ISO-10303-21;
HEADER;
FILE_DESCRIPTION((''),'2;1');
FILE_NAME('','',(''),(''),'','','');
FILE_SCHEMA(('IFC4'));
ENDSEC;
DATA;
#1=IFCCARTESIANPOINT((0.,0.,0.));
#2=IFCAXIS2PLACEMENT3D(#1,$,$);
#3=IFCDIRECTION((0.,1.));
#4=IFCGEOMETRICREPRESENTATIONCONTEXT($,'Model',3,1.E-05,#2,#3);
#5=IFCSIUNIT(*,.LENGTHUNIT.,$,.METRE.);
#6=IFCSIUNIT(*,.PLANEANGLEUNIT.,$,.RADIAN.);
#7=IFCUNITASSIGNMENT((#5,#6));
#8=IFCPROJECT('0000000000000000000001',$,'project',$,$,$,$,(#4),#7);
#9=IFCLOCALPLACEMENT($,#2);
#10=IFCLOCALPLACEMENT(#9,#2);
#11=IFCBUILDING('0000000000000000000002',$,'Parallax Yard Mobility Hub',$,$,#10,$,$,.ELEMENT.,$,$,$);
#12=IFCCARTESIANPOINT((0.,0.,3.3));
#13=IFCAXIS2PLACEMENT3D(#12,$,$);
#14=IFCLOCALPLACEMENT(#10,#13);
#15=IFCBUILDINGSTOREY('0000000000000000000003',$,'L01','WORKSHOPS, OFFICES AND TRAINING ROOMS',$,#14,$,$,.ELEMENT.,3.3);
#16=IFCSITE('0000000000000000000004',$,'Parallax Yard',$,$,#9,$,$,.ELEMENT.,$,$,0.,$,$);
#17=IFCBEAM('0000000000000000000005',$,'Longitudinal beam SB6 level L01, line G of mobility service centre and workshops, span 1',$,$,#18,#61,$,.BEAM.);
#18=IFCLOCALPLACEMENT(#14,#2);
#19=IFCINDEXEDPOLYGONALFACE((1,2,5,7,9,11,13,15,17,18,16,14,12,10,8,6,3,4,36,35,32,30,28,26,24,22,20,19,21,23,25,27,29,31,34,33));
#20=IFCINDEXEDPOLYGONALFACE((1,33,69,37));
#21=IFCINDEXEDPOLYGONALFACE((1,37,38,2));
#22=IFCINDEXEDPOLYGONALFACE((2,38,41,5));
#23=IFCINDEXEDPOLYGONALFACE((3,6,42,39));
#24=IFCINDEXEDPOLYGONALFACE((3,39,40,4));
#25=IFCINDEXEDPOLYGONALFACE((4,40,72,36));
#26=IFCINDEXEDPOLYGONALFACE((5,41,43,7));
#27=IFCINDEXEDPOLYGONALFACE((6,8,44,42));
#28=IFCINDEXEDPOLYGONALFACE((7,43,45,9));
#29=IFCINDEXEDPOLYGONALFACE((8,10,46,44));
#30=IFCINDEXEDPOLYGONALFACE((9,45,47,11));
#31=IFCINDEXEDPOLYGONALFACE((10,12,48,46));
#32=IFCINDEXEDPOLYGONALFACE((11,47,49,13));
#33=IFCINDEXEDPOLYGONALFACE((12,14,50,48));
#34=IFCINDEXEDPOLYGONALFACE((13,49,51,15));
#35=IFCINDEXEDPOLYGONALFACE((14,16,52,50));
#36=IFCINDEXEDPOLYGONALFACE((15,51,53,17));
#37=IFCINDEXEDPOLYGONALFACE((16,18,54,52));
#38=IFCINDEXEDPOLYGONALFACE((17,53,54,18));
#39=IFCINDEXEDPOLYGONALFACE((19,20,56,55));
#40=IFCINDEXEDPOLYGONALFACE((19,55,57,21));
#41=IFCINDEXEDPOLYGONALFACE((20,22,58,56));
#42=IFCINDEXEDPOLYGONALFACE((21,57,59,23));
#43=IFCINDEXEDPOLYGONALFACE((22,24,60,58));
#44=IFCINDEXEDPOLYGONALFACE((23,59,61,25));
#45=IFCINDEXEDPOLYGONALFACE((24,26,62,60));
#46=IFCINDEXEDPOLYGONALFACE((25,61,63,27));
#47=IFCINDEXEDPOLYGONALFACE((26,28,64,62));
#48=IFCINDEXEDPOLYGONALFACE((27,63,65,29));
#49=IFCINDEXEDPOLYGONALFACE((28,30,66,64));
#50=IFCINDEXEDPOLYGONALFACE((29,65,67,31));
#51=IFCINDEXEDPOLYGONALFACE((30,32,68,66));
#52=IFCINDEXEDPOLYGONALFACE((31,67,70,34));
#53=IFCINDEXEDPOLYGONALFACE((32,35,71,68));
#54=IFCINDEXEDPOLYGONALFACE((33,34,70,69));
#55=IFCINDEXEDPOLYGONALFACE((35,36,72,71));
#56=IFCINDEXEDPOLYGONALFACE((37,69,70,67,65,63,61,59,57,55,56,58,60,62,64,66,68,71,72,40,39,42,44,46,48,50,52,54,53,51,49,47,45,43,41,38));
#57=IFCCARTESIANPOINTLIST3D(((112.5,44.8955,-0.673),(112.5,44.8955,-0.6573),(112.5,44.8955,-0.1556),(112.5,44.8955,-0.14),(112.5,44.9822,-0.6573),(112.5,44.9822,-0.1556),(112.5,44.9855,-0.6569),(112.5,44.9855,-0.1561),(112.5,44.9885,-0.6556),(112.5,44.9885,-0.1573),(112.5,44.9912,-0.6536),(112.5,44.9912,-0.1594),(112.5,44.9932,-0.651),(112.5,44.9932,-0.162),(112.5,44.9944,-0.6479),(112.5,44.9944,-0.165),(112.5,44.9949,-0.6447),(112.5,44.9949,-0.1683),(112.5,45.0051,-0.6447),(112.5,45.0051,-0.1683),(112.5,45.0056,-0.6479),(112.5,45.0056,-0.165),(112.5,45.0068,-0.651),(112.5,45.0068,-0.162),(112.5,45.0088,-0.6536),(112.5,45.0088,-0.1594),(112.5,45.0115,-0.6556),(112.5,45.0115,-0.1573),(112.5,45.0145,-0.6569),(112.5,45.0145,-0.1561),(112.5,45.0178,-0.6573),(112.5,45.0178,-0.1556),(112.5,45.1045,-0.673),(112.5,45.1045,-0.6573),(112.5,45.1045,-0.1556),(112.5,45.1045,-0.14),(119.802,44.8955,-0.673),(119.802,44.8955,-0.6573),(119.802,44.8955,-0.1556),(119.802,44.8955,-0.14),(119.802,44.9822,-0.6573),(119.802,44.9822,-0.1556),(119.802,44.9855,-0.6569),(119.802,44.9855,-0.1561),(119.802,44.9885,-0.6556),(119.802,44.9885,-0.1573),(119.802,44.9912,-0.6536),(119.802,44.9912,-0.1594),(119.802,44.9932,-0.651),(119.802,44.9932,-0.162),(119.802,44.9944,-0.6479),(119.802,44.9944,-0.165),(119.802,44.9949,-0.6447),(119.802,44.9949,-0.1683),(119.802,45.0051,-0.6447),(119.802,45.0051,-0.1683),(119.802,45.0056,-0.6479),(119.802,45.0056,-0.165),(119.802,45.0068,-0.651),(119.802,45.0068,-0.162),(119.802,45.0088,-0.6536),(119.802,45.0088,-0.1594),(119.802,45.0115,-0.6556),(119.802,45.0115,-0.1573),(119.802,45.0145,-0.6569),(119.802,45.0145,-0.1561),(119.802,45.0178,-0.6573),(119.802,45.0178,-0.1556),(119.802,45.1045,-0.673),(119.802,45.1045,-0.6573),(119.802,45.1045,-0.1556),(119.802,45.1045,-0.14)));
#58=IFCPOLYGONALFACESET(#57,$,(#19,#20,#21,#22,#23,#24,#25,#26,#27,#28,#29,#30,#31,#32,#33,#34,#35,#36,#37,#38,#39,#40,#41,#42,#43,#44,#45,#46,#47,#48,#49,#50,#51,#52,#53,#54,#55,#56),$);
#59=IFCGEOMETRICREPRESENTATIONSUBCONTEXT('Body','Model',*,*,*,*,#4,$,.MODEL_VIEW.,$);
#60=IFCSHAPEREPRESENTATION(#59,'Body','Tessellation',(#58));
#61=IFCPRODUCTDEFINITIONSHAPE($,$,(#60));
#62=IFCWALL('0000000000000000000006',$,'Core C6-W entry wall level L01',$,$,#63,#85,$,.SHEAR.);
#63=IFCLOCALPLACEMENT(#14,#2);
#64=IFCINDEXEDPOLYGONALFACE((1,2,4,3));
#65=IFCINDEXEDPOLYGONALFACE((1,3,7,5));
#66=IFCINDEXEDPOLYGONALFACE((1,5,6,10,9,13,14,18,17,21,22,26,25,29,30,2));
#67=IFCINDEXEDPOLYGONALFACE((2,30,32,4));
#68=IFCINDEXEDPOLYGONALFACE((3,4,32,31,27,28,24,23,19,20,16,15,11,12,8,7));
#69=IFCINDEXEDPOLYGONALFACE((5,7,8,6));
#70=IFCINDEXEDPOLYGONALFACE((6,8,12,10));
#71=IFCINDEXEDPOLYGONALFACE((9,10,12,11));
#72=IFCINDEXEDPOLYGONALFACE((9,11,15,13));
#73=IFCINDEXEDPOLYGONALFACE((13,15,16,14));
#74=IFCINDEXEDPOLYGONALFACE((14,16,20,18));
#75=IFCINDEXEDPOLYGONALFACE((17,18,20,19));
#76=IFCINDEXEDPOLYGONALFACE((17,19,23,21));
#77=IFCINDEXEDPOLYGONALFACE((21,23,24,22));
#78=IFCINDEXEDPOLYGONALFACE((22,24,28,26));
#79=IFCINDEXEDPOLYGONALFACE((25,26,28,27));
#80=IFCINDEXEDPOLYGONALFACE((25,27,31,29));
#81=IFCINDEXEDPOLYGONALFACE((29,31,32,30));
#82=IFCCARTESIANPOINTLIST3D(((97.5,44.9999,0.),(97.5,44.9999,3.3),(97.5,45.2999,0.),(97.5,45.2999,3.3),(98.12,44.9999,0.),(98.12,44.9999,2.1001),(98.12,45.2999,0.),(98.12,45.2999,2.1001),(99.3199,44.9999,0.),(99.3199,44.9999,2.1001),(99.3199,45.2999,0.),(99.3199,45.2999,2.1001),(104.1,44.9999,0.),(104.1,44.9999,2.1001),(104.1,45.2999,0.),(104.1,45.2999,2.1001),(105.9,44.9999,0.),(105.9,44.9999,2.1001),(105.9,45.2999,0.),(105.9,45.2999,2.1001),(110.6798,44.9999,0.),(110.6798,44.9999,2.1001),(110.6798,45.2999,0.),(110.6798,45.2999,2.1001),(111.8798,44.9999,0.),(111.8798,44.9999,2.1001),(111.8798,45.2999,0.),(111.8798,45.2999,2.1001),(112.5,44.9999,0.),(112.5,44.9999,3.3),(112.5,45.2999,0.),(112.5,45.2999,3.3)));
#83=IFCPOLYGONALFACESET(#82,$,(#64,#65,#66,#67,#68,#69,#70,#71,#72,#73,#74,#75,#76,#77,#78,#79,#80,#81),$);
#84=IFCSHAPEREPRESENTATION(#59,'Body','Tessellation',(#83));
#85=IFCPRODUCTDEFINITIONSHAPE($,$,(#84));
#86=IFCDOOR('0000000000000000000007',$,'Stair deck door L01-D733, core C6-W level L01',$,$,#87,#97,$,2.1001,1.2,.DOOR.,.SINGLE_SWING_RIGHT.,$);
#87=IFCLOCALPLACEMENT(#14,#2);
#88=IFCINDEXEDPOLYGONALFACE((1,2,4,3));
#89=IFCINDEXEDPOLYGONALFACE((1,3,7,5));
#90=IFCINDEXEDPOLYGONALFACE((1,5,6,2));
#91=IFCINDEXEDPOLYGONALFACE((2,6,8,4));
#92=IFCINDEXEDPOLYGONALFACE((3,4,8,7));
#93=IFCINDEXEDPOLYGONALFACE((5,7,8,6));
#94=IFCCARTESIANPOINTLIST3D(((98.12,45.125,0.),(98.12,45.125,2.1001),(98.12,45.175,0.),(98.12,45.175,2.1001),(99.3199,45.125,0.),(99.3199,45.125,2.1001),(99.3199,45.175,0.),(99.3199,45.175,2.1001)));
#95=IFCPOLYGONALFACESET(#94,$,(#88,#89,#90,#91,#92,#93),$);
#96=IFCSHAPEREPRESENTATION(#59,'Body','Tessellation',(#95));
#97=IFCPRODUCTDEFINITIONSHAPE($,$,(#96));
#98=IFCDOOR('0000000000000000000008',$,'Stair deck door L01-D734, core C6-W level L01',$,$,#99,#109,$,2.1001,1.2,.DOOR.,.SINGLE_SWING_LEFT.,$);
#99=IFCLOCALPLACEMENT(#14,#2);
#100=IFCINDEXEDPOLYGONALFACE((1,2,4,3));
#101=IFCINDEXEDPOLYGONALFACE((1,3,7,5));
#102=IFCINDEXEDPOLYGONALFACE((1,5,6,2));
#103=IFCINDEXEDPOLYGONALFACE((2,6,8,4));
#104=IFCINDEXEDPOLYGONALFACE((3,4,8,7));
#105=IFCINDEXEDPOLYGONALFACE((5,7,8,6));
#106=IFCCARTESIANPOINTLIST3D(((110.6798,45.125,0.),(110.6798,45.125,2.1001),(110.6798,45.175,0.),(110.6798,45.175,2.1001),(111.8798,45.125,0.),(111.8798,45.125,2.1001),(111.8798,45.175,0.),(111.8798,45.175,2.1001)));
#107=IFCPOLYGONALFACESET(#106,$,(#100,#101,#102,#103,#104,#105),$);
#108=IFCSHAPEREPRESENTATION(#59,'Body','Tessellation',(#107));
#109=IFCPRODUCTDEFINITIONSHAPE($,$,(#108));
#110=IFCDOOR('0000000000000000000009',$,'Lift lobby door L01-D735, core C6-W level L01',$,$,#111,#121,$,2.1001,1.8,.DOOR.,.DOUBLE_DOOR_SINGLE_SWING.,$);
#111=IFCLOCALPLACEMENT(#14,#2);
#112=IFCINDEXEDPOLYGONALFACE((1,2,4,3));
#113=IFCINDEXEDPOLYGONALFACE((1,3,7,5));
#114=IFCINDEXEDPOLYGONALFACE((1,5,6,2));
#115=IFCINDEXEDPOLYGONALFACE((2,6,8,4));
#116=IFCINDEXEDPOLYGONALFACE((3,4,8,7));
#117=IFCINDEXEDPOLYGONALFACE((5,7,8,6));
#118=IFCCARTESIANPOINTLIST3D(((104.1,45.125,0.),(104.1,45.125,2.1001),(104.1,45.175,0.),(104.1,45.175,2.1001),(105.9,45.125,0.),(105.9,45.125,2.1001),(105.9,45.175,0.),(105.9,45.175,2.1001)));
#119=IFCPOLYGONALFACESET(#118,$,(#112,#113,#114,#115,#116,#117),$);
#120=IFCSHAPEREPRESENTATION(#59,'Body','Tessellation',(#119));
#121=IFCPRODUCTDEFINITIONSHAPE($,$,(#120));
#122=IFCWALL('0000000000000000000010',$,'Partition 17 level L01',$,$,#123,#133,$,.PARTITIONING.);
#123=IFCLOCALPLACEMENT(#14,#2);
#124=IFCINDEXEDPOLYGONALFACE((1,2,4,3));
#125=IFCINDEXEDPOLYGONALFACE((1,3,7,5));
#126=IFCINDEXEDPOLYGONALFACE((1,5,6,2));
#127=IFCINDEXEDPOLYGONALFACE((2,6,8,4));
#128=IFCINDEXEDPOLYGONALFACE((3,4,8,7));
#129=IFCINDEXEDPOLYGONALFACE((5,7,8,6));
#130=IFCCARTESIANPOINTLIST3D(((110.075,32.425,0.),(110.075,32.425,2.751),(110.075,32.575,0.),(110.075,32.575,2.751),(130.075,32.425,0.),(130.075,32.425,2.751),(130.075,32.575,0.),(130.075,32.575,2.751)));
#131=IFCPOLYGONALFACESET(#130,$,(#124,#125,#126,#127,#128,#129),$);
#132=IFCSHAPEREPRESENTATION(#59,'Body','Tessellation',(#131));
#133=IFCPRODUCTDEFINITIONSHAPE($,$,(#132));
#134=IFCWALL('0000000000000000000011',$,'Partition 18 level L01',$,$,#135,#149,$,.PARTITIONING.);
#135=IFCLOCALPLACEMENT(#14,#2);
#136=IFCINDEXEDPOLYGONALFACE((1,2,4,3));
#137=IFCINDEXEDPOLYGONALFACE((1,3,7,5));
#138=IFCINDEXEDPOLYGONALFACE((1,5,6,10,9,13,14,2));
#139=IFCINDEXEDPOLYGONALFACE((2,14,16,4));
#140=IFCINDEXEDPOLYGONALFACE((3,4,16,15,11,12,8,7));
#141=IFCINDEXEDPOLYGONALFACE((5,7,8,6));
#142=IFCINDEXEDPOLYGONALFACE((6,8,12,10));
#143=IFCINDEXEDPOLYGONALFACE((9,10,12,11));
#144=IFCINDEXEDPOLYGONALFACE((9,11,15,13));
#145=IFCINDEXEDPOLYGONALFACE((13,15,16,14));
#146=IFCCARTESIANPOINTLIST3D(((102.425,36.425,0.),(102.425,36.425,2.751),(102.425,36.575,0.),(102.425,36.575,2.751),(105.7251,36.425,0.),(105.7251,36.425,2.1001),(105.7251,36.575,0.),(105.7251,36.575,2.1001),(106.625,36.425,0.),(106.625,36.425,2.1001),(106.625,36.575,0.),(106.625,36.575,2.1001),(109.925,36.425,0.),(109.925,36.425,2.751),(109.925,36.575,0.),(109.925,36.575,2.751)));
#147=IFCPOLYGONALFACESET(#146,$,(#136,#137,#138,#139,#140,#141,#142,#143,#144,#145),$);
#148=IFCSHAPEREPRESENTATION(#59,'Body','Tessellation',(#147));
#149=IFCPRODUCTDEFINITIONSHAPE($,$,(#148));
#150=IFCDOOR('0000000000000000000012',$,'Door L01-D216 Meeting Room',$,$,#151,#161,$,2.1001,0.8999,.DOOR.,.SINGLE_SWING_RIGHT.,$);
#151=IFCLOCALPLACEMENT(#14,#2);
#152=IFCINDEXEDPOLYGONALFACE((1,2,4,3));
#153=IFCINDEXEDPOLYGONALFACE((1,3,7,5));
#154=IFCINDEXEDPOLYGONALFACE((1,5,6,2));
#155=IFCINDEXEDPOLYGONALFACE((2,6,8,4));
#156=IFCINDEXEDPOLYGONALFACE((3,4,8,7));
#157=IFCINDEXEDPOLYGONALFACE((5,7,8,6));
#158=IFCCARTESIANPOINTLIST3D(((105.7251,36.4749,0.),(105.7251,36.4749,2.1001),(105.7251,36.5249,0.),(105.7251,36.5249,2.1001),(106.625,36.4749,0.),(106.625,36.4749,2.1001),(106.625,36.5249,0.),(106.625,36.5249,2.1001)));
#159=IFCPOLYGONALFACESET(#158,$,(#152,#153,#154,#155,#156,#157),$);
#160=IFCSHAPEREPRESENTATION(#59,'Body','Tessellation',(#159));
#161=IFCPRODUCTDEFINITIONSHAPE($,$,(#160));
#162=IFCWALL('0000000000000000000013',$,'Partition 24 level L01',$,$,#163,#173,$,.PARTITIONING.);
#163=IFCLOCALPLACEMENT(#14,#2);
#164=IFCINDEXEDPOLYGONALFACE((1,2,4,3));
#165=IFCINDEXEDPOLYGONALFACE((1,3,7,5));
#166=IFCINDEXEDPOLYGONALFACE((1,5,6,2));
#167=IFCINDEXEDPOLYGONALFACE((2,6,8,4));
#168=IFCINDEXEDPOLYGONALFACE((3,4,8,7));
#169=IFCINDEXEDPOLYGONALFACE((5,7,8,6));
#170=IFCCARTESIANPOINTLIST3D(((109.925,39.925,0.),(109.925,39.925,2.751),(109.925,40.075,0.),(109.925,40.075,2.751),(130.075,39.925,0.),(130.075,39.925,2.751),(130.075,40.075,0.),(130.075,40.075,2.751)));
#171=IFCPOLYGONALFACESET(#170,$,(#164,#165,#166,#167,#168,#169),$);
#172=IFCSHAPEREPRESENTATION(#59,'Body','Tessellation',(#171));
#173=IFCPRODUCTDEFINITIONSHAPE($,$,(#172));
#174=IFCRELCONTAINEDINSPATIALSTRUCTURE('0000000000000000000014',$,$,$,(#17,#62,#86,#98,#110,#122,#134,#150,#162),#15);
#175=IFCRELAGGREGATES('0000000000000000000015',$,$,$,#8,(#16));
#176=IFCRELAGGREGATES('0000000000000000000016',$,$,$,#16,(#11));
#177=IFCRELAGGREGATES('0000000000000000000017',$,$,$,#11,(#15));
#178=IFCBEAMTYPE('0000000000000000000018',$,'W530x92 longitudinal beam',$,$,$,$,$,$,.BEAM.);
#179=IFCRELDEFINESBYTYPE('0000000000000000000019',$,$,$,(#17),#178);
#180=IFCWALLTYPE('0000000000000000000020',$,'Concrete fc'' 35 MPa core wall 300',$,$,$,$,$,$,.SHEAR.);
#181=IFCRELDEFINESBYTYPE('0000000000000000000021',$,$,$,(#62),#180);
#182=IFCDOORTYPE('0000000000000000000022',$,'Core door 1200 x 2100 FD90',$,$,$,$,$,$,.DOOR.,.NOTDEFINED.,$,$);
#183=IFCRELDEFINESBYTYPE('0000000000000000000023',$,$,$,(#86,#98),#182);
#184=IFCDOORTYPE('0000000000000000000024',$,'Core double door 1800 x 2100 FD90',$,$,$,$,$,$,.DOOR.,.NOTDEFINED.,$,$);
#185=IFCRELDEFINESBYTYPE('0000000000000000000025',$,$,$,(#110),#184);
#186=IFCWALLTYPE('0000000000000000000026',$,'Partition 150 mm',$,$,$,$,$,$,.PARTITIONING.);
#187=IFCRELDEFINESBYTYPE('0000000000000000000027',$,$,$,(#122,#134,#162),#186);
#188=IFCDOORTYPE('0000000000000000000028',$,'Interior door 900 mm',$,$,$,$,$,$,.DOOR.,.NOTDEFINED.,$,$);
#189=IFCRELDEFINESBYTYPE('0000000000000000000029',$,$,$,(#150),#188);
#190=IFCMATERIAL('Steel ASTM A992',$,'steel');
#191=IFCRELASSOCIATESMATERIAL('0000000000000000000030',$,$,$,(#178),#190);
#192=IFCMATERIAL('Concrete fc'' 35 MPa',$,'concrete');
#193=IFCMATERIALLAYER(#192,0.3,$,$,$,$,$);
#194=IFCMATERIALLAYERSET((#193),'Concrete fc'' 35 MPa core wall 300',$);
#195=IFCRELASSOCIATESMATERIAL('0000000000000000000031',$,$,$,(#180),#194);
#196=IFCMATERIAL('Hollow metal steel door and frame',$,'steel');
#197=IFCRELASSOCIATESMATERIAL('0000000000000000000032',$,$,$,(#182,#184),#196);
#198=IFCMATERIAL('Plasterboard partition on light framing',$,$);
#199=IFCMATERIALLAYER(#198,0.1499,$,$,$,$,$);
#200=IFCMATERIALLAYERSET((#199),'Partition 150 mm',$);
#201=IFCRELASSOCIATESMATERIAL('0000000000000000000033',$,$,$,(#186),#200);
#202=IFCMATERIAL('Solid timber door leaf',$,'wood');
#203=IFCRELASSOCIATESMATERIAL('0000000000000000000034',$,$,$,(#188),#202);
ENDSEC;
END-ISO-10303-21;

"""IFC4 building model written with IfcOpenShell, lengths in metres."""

from ifc_helpers import new_model, si_unit, direction, frame, frame_2d, origin, origin_2d, place, context, subcontext, project, spatial, rectangle, i_section, extrude, material, layer, layer_set, material_profile, profile_set, type_object, element, fill, save


model = new_model("IFC4")

# Units and contexts
model_context = context("Model", 3, precision=1e-05, world=origin(), true_north=direction((0.0, 1.0)))
body_context = subcontext(model_context, "Body", "Model", "MODEL_VIEW")
ifc_project = project(units=[si_unit("LENGTHUNIT", "METRE"), si_unit("PLANEANGLEUNIT", "RADIAN")], contexts=[model_context])

# Site, building, storey
site_placement = place(None, origin())
site = spatial("IfcSite", under=ifc_project, at=site_placement, Name="Parallax Yard", CompositionType="ELEMENT", RefElevation=0.0)
building_placement = place(site_placement, origin())
building = spatial("IfcBuilding", under=site, at=building_placement, Name="Parallax Yard Mobility Hub", CompositionType="ELEMENT")
storey_placement = place(building_placement, frame((0.0, 0.0, 3.3)))
storey = spatial("IfcBuildingStorey", under=building, at=storey_placement, Name="L01", Description="WORKSHOPS, OFFICES AND TRAINING ROOMS", CompositionType="ELEMENT", Elevation=3.3)

# Shared definitions
ifc_material_1 = material(Name="Steel ASTM A992", Category="steel")

# Beam
ifc_material_profile_1 = material_profile(ifc_material_1, i_section(OverallWidth=0.209, OverallDepth=0.533, WebThickness=0.0103, FlangeThickness=0.0156, FilletRadius=0.0127, at=origin_2d()), Name="W530x92")
ifc_profile_set_1 = profile_set([ifc_material_profile_1], Name="Steel ASTM A992")
beam_type_1 = type_object("IfcBeamType", Name="W530x92 longitudinal beam", PredefinedType="BEAM", material=ifc_profile_set_1)
beam_1_placement = place(storey_placement, frame((112.5, 45.0, -0.4065), z_axis=(1.0, 0.0, 0.0), x_axis=(0.0, 1.0, 0.0)))
element("IfcBeam", 1, at=beam_1_placement, inside=storey, type_object=beam_type_1, Name="Longitudinal beam SB6 level L01, line G of mobility service centre and workshops, span 1", PredefinedType="BEAM", context=body_context, shape_type="SweptSolid", body=[
    extrude(i_section(OverallWidth=0.209, OverallDepth=0.533, WebThickness=0.0103, FlangeThickness=0.0156, FilletRadius=0.0127, at=origin_2d()), origin(), (0.0, 0.0, 1.0), 7.302),
])

# Wall, openings, doors
ifc_material_2 = material(Name="Concrete fc' 35 MPa", Category="concrete")
ifc_layer_1 = layer(ifc_material_2, 0.3)
ifc_layer_set_1 = layer_set([ifc_layer_1], Name="Concrete fc' 35 MPa core wall 300")
wall_type_1 = type_object("IfcWallType", Name="Concrete fc' 35 MPa core wall 300", PredefinedType="SHEAR", material=ifc_layer_set_1)
wall_1_placement = place(storey_placement, frame((112.5, 45.1499, 0.0), z_axis=(0.0, 0.0, 1.0), x_axis=(-1.0, 0.0, 0.0)))
wall_1 = element("IfcWall", 2, at=wall_1_placement, inside=storey, type_object=wall_type_1, Name="Core C6-W entry wall level L01", PredefinedType="SHEAR", context=body_context, shape_type="SweptSolid", body=[
    extrude(rectangle(XDim=15.0, YDim=0.3, at=frame_2d((7.5, 0.0))), origin(), (0.0, 0.0, 1.0), 3.3),
])
opening_1_placement = place(wall_1_placement, frame((13.1799, 0.0, 0.0)))
opening_1 = element("IfcOpeningElement", 3, at=opening_1_placement, cuts=wall_1, PredefinedType="OPENING", context=body_context, shape_type="SweptSolid", body=[
    extrude(rectangle(XDim=1.2, YDim=2.1001, at=frame_2d((0.6001, 1.05))), frame((0.0, 0.1602, 0.0), z_axis=(0.0, -1.0, 0.0), x_axis=(1.0, 0.0, 0.0)), (0.0, 0.0, 1.0), 0.3201),
])
opening_2_placement = place(wall_1_placement, frame((0.6201, 0.0, 0.0)))
opening_2 = element("IfcOpeningElement", 4, at=opening_2_placement, cuts=wall_1, PredefinedType="OPENING", context=body_context, shape_type="SweptSolid", body=[
    extrude(rectangle(XDim=1.2, YDim=2.1001, at=frame_2d((0.6001, 1.05))), frame((0.0, 0.1602, 0.0), z_axis=(0.0, -1.0, 0.0), x_axis=(1.0, 0.0, 0.0)), (0.0, 0.0, 1.0), 0.3201),
])
opening_3_placement = place(wall_1_placement, frame((6.6001, 0.0, 0.0)))
opening_3 = element("IfcOpeningElement", 5, at=opening_3_placement, cuts=wall_1, PredefinedType="OPENING", context=body_context, shape_type="SweptSolid", body=[
    extrude(rectangle(XDim=1.8, YDim=2.1001, at=frame_2d((0.8999, 1.05))), frame((0.0, 0.1602, 0.0), z_axis=(0.0, -1.0, 0.0), x_axis=(1.0, 0.0, 0.0)), (0.0, 0.0, 1.0), 0.3201),
])
ifc_material_3 = material(Name="Hollow metal steel door and frame", Category="steel")
door_type_1 = type_object("IfcDoorType", Name="Core door 1200 x 2100 FD90", OperationType="NOTDEFINED", PredefinedType="DOOR", material=ifc_material_3)
door_1_placement = place(opening_1_placement, origin())
door_1 = element("IfcDoor", 6, at=door_1_placement, inside=storey, type_object=door_type_1, Name="Stair deck door L01-D733, core C6-W level L01", OperationType="SINGLE_SWING_RIGHT", OverallHeight=2.1001, OverallWidth=1.2, PredefinedType="DOOR", context=body_context, shape_type="SweptSolid", body=[
    extrude(rectangle(XDim=1.2, YDim=2.1001, at=frame_2d((0.6001, 1.05))), frame((0.0, 0.0249, 0.0), z_axis=(0.0, -1.0, 0.0), x_axis=(1.0, 0.0, 0.0)), (0.0, 0.0, 1.0), 0.05),
])
fill(opening_1, door_1)
door_2_placement = place(opening_2_placement, origin())
door_2 = element("IfcDoor", 7, at=door_2_placement, inside=storey, type_object=door_type_1, Name="Stair deck door L01-D734, core C6-W level L01", OperationType="SINGLE_SWING_LEFT", OverallHeight=2.1001, OverallWidth=1.2, PredefinedType="DOOR", context=body_context, shape_type="SweptSolid", body=[
    extrude(rectangle(XDim=1.2, YDim=2.1001, at=frame_2d((0.6001, 1.05))), frame((0.0, 0.0249, 0.0), z_axis=(0.0, -1.0, 0.0), x_axis=(1.0, 0.0, 0.0)), (0.0, 0.0, 1.0), 0.05),
])
fill(opening_2, door_2)
door_type_2 = type_object("IfcDoorType", Name="Core double door 1800 x 2100 FD90", OperationType="NOTDEFINED", PredefinedType="DOOR", material=ifc_material_3)
door_3_placement = place(opening_3_placement, origin())
door_3 = element("IfcDoor", 8, at=door_3_placement, inside=storey, type_object=door_type_2, Name="Lift lobby door L01-D735, core C6-W level L01", OperationType="DOUBLE_DOOR_SINGLE_SWING", OverallHeight=2.1001, OverallWidth=1.8, PredefinedType="DOOR", context=body_context, shape_type="SweptSolid", body=[
    extrude(rectangle(XDim=1.8, YDim=2.1001, at=frame_2d((0.8999, 1.05))), frame((0.0, 0.0249, 0.0), z_axis=(0.0, -1.0, 0.0), x_axis=(1.0, 0.0, 0.0)), (0.0, 0.0, 1.0), 0.05),
])
fill(opening_3, door_3)

# Wall
ifc_material_4 = material(Name="Plasterboard partition on light framing")
ifc_layer_2 = layer(ifc_material_4, 0.1499)
ifc_layer_set_2 = layer_set([ifc_layer_2], Name="Partition 150 mm")
wall_type_2 = type_object("IfcWallType", Name="Partition 150 mm", PredefinedType="PARTITIONING", material=ifc_layer_set_2)
wall_2_placement = place(storey_placement, frame((110.075, 32.5, 0.0), z_axis=(0.0, 0.0, 1.0), x_axis=(1.0, 0.0, 0.0)))
element("IfcWall", 9, at=wall_2_placement, inside=storey, type_object=wall_type_2, Name="Partition 17 level L01", PredefinedType="PARTITIONING", context=body_context, shape_type="SweptSolid", body=[
    extrude(rectangle(XDim=20.0, YDim=0.1499, at=frame_2d((10.0, 0.0))), origin(), (0.0, 0.0, 1.0), 2.751),
])

# Wall, opening, door
wall_3_placement = place(storey_placement, frame((102.425, 36.5, 0.0), z_axis=(0.0, 0.0, 1.0), x_axis=(1.0, 0.0, 0.0)))
wall_3 = element("IfcWall", 10, at=wall_3_placement, inside=storey, type_object=wall_type_2, Name="Partition 18 level L01", PredefinedType="PARTITIONING", context=body_context, shape_type="SweptSolid", body=[
    extrude(rectangle(XDim=7.5, YDim=0.1499, at=frame_2d((3.75, 0.0))), origin(), (0.0, 0.0, 1.0), 2.751),
])
opening_4_placement = place(wall_3_placement, frame((3.3, 0.0, 0.0)))
opening_4 = element("IfcOpeningElement", 11, at=opening_4_placement, cuts=wall_3, PredefinedType="OPENING", context=body_context, shape_type="SweptSolid", body=[
    extrude(rectangle(XDim=0.8999, YDim=2.1001, at=frame_2d((0.45, 1.05))), frame((0.0, 0.085, 0.0), z_axis=(0.0, -1.0, 0.0), x_axis=(1.0, 0.0, 0.0)), (0.0, 0.0, 1.0), 0.1699),
])
ifc_material_5 = material(Name="Solid timber door leaf", Category="wood")
door_type_3 = type_object("IfcDoorType", Name="Interior door 900 mm", OperationType="NOTDEFINED", PredefinedType="DOOR", material=ifc_material_5)
door_4_placement = place(opening_4_placement, origin())
door_4 = element("IfcDoor", 12, at=door_4_placement, inside=storey, type_object=door_type_3, Name="Door L01-D216 Meeting Room", OperationType="SINGLE_SWING_RIGHT", OverallHeight=2.1001, OverallWidth=0.8999, PredefinedType="DOOR", context=body_context, shape_type="SweptSolid", body=[
    extrude(rectangle(XDim=0.8999, YDim=2.1001, at=frame_2d((0.45, 1.05))), frame((0.0, 0.0249, 0.0), z_axis=(0.0, -1.0, 0.0), x_axis=(1.0, 0.0, 0.0)), (0.0, 0.0, 1.0), 0.05),
])
fill(opening_4, door_4)

# Wall
wall_4_placement = place(storey_placement, frame((109.925, 40.0, 0.0), z_axis=(0.0, 0.0, 1.0), x_axis=(1.0, 0.0, 0.0)))
element("IfcWall", 13, at=wall_4_placement, inside=storey, type_object=wall_type_2, Name="Partition 24 level L01", PredefinedType="PARTITIONING", context=body_context, shape_type="SweptSolid", body=[
    extrude(rectangle(XDim=20.1499, YDim=0.1499, at=frame_2d((10.075, 0.0))), origin(), (0.0, 0.0, 1.0), 2.751),
])

save(model, "model.ifc")
